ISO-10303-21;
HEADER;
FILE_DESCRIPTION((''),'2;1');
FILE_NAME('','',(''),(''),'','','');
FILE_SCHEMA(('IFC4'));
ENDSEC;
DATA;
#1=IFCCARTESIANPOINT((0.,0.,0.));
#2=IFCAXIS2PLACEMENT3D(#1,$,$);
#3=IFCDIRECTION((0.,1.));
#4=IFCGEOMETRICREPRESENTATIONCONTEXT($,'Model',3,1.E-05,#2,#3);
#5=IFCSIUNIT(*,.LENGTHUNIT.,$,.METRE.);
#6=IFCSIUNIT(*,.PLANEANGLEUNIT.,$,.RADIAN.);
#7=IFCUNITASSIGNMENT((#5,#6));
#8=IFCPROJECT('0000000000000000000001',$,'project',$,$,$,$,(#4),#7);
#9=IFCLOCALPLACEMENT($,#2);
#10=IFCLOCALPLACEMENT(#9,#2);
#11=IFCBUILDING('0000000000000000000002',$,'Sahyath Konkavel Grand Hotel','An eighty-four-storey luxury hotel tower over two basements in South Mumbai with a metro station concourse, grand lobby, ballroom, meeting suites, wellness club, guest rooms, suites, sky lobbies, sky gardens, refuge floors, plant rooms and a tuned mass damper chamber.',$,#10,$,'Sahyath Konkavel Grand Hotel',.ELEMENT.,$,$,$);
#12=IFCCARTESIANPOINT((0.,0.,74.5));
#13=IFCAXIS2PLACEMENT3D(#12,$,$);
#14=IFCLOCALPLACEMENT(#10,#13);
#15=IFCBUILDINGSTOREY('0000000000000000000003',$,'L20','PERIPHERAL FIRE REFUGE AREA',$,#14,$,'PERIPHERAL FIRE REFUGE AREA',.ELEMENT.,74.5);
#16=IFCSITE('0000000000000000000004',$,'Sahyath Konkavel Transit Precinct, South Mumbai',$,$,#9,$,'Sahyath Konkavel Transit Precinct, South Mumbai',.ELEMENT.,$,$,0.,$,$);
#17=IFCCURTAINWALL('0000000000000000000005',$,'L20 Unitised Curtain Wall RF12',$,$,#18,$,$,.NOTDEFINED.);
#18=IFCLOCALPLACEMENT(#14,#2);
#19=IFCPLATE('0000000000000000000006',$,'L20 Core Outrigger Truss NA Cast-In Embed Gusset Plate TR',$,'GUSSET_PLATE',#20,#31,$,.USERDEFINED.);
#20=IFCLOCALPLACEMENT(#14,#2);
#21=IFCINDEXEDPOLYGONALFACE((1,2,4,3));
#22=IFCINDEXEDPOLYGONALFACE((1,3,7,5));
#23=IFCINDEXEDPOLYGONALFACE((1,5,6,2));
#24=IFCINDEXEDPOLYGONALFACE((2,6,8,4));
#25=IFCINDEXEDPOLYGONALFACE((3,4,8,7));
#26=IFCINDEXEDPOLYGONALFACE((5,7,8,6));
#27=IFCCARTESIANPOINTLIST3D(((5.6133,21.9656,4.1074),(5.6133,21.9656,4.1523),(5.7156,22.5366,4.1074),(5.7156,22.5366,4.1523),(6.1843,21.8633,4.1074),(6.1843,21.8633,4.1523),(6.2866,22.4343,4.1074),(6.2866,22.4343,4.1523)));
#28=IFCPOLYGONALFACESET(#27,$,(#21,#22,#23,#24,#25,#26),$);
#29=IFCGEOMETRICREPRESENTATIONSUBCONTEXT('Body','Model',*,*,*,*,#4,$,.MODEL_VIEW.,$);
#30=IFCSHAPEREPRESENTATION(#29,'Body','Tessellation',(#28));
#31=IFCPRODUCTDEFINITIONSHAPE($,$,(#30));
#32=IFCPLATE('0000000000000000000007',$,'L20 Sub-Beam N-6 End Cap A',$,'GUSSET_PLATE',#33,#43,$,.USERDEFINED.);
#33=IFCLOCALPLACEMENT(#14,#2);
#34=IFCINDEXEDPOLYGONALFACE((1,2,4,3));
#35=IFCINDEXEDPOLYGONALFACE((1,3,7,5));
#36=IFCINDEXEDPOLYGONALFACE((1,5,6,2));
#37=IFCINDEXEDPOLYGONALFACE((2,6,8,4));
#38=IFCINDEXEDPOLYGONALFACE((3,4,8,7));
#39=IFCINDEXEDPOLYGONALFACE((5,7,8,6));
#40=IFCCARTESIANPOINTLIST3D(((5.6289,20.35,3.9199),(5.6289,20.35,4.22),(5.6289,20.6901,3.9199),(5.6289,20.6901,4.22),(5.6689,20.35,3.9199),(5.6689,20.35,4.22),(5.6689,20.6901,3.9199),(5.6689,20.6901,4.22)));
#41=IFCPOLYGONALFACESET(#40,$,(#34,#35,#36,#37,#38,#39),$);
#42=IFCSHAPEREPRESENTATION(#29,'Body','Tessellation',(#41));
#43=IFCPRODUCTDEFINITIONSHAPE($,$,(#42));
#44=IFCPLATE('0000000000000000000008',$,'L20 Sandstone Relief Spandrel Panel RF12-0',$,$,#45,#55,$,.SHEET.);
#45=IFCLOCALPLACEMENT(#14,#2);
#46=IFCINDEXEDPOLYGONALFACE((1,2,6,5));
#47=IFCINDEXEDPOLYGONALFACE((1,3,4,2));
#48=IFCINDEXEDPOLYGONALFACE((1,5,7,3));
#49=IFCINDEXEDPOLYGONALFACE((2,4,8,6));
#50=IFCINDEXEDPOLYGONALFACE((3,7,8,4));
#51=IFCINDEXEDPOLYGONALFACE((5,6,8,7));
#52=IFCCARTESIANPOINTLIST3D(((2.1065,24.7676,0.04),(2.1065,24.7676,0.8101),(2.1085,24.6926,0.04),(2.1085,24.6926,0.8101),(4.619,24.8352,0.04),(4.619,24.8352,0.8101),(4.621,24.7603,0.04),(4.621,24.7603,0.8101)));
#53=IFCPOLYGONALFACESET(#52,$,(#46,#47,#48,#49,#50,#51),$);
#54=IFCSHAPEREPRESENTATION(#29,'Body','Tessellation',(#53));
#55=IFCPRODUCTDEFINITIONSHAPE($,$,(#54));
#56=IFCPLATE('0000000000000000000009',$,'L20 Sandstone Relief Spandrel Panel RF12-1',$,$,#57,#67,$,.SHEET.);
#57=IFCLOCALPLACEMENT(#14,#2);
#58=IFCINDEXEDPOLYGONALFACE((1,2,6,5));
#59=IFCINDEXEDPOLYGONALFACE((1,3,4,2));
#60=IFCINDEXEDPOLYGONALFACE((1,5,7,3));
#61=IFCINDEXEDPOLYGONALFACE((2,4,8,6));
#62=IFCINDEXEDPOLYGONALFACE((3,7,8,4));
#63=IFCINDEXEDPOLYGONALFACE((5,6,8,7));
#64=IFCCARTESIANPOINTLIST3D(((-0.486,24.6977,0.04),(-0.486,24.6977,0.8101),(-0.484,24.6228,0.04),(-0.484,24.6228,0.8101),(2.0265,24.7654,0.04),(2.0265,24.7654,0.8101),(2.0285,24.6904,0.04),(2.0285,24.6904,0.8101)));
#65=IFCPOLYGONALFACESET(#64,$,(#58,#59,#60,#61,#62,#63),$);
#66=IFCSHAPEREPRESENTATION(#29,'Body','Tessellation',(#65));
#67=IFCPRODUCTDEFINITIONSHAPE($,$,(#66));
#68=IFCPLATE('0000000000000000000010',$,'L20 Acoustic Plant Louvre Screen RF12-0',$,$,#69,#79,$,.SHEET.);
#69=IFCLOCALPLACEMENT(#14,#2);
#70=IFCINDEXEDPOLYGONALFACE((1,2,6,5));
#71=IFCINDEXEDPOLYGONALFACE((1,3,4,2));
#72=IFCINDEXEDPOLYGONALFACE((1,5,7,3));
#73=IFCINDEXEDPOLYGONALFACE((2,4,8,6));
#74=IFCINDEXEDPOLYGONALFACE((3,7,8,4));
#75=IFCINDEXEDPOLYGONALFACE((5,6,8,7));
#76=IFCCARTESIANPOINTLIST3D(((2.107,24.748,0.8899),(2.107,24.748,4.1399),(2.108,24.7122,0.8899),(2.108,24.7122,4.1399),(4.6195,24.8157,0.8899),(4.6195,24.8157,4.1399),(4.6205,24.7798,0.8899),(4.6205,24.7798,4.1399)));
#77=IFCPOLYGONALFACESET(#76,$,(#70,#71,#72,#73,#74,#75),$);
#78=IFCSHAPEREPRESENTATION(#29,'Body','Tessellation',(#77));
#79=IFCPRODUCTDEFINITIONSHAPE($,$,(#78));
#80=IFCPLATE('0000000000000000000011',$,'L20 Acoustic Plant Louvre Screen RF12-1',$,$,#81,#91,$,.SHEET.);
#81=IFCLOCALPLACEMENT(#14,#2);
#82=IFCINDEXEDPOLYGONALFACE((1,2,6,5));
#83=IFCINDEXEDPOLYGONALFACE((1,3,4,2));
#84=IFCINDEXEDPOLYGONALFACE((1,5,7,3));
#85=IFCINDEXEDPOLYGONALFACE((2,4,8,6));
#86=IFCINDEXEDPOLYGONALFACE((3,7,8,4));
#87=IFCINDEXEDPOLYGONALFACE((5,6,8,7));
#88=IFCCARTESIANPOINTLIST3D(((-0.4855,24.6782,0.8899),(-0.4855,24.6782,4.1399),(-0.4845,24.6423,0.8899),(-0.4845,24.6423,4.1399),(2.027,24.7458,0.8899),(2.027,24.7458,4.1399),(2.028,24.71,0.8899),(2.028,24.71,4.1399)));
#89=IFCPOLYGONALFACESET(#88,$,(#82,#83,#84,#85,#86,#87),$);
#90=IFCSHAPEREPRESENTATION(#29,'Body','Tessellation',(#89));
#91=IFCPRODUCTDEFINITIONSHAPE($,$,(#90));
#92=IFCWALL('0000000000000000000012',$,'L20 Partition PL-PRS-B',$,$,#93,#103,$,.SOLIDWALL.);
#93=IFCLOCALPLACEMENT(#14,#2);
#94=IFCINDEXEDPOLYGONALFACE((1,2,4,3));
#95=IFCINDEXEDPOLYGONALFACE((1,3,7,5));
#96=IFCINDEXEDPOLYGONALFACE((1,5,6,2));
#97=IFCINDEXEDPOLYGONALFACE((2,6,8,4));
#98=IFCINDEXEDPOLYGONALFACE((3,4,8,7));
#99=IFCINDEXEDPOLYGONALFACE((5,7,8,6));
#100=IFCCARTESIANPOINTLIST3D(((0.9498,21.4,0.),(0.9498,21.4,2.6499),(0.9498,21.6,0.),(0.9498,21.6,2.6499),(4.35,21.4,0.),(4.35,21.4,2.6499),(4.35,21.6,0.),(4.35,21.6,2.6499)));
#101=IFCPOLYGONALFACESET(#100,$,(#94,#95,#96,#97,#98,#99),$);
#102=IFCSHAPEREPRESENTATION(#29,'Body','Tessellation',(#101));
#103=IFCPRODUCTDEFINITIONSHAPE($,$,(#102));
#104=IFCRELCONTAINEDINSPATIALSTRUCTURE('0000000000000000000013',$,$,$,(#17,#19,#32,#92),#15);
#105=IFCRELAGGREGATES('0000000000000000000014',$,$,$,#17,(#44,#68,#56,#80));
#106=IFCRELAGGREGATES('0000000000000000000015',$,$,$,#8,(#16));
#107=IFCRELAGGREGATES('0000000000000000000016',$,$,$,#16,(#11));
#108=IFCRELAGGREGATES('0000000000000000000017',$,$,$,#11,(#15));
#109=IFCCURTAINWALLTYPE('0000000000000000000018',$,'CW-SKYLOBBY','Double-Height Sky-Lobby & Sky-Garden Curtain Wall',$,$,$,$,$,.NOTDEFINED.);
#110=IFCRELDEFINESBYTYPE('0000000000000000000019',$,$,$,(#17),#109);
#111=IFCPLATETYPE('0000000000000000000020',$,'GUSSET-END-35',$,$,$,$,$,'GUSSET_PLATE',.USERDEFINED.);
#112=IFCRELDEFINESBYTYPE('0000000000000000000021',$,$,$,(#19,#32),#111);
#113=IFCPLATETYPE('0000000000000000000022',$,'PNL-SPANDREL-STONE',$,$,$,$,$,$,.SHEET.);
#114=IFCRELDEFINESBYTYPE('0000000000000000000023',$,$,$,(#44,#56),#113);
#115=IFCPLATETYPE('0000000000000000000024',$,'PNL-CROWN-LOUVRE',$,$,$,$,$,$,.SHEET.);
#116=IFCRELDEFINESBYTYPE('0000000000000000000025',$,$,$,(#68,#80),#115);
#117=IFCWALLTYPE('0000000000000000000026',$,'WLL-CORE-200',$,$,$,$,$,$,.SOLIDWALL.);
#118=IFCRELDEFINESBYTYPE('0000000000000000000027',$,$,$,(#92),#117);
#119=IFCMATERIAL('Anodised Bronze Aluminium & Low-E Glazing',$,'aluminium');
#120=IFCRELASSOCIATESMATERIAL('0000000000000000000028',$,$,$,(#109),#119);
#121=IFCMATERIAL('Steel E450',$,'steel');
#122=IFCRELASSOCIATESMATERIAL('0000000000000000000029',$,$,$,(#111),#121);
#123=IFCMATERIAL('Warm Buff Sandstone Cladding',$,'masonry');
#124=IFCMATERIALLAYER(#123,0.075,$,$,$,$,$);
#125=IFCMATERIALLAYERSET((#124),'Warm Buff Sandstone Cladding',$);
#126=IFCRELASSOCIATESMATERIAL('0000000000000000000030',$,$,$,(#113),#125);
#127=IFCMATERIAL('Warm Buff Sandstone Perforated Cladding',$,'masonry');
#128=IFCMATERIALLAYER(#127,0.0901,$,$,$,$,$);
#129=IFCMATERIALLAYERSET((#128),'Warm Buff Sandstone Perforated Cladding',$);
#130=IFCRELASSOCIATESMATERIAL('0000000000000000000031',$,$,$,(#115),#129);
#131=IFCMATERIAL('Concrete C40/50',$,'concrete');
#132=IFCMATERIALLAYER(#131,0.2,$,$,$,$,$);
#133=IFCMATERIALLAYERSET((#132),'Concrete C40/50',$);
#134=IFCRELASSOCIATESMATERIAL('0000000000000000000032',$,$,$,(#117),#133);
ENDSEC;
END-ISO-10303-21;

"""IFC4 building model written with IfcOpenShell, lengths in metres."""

from ifc_helpers import new_model, si_unit, direction, frame, frame_2d, origin, origin_2d, place, context, subcontext, project, spatial, rectangle, extrude, source, transform, mapped, material, layer, layer_set, type_object, element, aggregate, save


model = new_model("IFC4")

# Units and contexts
model_context = context("Model", 3, precision=1e-05, world=origin(), true_north=direction((0.0, 1.0)))
body_context = subcontext(model_context, "Body", "Model", "MODEL_VIEW")
ifc_project = project(units=[si_unit("LENGTHUNIT", "METRE"), si_unit("PLANEANGLEUNIT", "RADIAN")], contexts=[model_context])

# Site, building, storey
site_placement = place(None, origin())
site = spatial("IfcSite", under=ifc_project, at=site_placement, Name="Sahyath Konkavel Transit Precinct, South Mumbai", LongName="Sahyath Konkavel Transit Precinct, South Mumbai", CompositionType="ELEMENT", RefElevation=0.0)
building_placement = place(site_placement, origin())
building = spatial("IfcBuilding", under=site, at=building_placement, Name="Sahyath Konkavel Grand Hotel", Description="An eighty-four-storey luxury hotel tower over two basements in South Mumbai with a metro station concourse, grand lobby, ballroom, meeting suites, wellness club, guest rooms, suites, sky lobbies, sky gardens, refuge floors, plant rooms and a tuned mass damper chamber.", LongName="Sahyath Konkavel Grand Hotel", CompositionType="ELEMENT")
storey_placement = place(building_placement, frame((0.0, 0.0, 74.5)))
storey = spatial("IfcBuildingStorey", under=building, at=storey_placement, Name="L20", Description="PERIPHERAL FIRE REFUGE AREA", LongName="PERIPHERAL FIRE REFUGE AREA", CompositionType="ELEMENT", Elevation=74.5)

# Shared definitions
ifc_material_1 = material(Name="Steel E450", Category="steel")

# Shared definitions
ifc_material_2 = material(Name="Anodised Bronze Aluminium & Low-E Glazing", Category="aluminium")
curtain_wall_type = type_object("IfcCurtainWallType", Name="CW-SKYLOBBY", Description="Double-Height Sky-Lobby & Sky-Garden Curtain Wall", PredefinedType="NOTDEFINED", material=ifc_material_2)

# Curtain wall
curtain_wall_1_placement = place(storey_placement, origin())
curtain_wall_1 = element("IfcCurtainWall", 1, at=curtain_wall_1_placement, inside=storey, type_object=curtain_wall_type, Name="L20 Unitised Curtain Wall RF12", PredefinedType="NOTDEFINED")

# Plates
plate_type_1 = type_object("IfcPlateType", Name="GUSSET-END-35", ElementType="GUSSET_PLATE", PredefinedType="USERDEFINED", material=ifc_material_1)
shared_shape_1 = source(origin(), body_context, "Body", "SweptSolid", [
    extrude(rectangle(XDim=0.5801, YDim=0.5801, at=origin_2d()), origin(), (0.0, 0.0, 1.0), 0.0449),
])
for number, where, z_axis, x_axis, name in (
    (2, (5.95, 22.2, 4.1074), (0.0, 0.0, 1.0), (0.176363, 0.984325, 0.0), "L20 Core Outrigger Truss NA Cast-In Embed Gusset Plate TR"),
):
    element("IfcPlate", number, at=place(storey_placement, frame(where, z_axis=z_axis, x_axis=x_axis)), inside=storey, type_object=plate_type_1, Name=name, ObjectType="GUSSET_PLATE", PredefinedType="USERDEFINED", context=body_context, shape_type="MappedRepresentation", body=[
        mapped(shared_shape_1, transform((0.0, 0.0, 0.0), scale=1.0)),
    ])
shared_shape_2 = source(origin(), body_context, "Body", "SweptSolid", [
    extrude(rectangle(XDim=0.04, YDim=0.3401, at=origin_2d()), origin(), (0.0, 0.0, 1.0), 0.3),
])
plate_1_placement = place(storey_placement, frame((5.6489, 20.52, 3.9199), z_axis=(0.0, 0.0, 1.0), x_axis=(-1.0, 0.0, 0.0)))
element("IfcPlate", 3, at=plate_1_placement, inside=storey, type_object=plate_type_1, Name="L20 Sub-Beam N-6 End Cap A", ObjectType="GUSSET_PLATE", PredefinedType="USERDEFINED", context=body_context, shape_type="MappedRepresentation", body=[
    mapped(shared_shape_2, transform((0.0, 0.0, 0.0), scale=1.0)),
])

# Plates
ifc_material_3 = material(Name="Warm Buff Sandstone Cladding", Category="masonry")
ifc_layer_1 = layer(ifc_material_3, 0.075)
ifc_layer_set_1 = layer_set([ifc_layer_1], Name="Warm Buff Sandstone Cladding")
plate_type_2 = type_object("IfcPlateType", Name="PNL-SPANDREL-STONE", PredefinedType="SHEET", material=ifc_layer_set_1)
shared_shape_3 = source(origin(), body_context, "Body", "SweptSolid", [
    extrude(rectangle(XDim=2.5134, YDim=0.075, at=origin_2d()), origin(), (0.0, 0.0, 1.0), 0.77),
])
plate_2_placement = place(storey_placement, frame((3.3638, 24.7639, 0.04), z_axis=(0.0, 0.0, 1.0), x_axis=(-0.999638, -0.02691, 0.0)))
plate_2 = element("IfcPlate", 4, at=plate_2_placement, type_object=plate_type_2, Name="L20 Sandstone Relief Spandrel Panel RF12-0", PredefinedType="SHEET", context=body_context, shape_type="MappedRepresentation", body=[
    mapped(shared_shape_3, transform((0.0, 0.0, 0.0), scale=1.0)),
])
plate_3_placement = place(storey_placement, frame((0.7712, 24.6941, 0.04), z_axis=(0.0, 0.0, 1.0), x_axis=(-0.999638, -0.02691, 0.0)))
plate_3 = element("IfcPlate", 5, at=plate_3_placement, type_object=plate_type_2, Name="L20 Sandstone Relief Spandrel Panel RF12-1", PredefinedType="SHEET", context=body_context, shape_type="MappedRepresentation", body=[
    mapped(shared_shape_3, transform((0.0, 0.0, 0.0), scale=1.0)),
])
ifc_material_4 = material(Name="Warm Buff Sandstone Perforated Cladding", Category="masonry")
ifc_layer_2 = layer(ifc_material_4, 0.0901)
ifc_layer_set_2 = layer_set([ifc_layer_2], Name="Warm Buff Sandstone Perforated Cladding")
plate_type_3 = type_object("IfcPlateType", Name="PNL-CROWN-LOUVRE", PredefinedType="SHEET", material=ifc_layer_set_2)
shared_shape_4 = source(origin(), body_context, "Body", "SweptSolid", [
    extrude(rectangle(XDim=2.5134, YDim=0.0359, at=origin_2d()), origin(), (0.0, 0.0, 1.0), 3.25),
])
plate_4_placement = place(storey_placement, frame((3.3638, 24.7639, 0.8899), z_axis=(0.0, 0.0, 1.0), x_axis=(-0.999638, -0.02691, 0.0)))
plate_4 = element("IfcPlate", 6, at=plate_4_placement, type_object=plate_type_3, Name="L20 Acoustic Plant Louvre Screen RF12-0", PredefinedType="SHEET", context=body_context, shape_type="MappedRepresentation", body=[
    mapped(shared_shape_4, transform((0.0, 0.0, 0.0), scale=1.0)),
])
plate_5_placement = place(storey_placement, frame((0.7712, 24.6941, 0.8899), z_axis=(0.0, 0.0, 1.0), x_axis=(-0.999638, -0.02691, 0.0)))
plate_5 = element("IfcPlate", 7, at=plate_5_placement, type_object=plate_type_3, Name="L20 Acoustic Plant Louvre Screen RF12-1", PredefinedType="SHEET", context=body_context, shape_type="MappedRepresentation", body=[
    mapped(shared_shape_4, transform((0.0, 0.0, 0.0), scale=1.0)),
])
aggregate(curtain_wall_1, [plate_2, plate_4, plate_3, plate_5])

# Wall
ifc_material_5 = material(Name="Concrete C40/50", Category="concrete")
ifc_layer_3 = layer(ifc_material_5, 0.2)
ifc_layer_set_3 = layer_set([ifc_layer_3], Name="Concrete C40/50")
wall_type = type_object("IfcWallType", Name="WLL-CORE-200", PredefinedType="SOLIDWALL", material=ifc_layer_set_3)
wall_placement = place(storey_placement, frame((4.3501, 21.5, 0.0), z_axis=(0.0, 0.0, 1.0), x_axis=(-1.0, 0.0, 0.0)))
element("IfcWall", 8, at=wall_placement, inside=storey, type_object=wall_type, Name="L20 Partition PL-PRS-B", PredefinedType="SOLIDWALL", context=body_context, shape_type="SweptSolid", body=[
    extrude(rectangle(XDim=3.4001, YDim=0.2, at=frame_2d((1.7002, 0.0))), origin(), (0.0, 0.0, 1.0), 2.6499),
])

save(model, "model.ifc")
